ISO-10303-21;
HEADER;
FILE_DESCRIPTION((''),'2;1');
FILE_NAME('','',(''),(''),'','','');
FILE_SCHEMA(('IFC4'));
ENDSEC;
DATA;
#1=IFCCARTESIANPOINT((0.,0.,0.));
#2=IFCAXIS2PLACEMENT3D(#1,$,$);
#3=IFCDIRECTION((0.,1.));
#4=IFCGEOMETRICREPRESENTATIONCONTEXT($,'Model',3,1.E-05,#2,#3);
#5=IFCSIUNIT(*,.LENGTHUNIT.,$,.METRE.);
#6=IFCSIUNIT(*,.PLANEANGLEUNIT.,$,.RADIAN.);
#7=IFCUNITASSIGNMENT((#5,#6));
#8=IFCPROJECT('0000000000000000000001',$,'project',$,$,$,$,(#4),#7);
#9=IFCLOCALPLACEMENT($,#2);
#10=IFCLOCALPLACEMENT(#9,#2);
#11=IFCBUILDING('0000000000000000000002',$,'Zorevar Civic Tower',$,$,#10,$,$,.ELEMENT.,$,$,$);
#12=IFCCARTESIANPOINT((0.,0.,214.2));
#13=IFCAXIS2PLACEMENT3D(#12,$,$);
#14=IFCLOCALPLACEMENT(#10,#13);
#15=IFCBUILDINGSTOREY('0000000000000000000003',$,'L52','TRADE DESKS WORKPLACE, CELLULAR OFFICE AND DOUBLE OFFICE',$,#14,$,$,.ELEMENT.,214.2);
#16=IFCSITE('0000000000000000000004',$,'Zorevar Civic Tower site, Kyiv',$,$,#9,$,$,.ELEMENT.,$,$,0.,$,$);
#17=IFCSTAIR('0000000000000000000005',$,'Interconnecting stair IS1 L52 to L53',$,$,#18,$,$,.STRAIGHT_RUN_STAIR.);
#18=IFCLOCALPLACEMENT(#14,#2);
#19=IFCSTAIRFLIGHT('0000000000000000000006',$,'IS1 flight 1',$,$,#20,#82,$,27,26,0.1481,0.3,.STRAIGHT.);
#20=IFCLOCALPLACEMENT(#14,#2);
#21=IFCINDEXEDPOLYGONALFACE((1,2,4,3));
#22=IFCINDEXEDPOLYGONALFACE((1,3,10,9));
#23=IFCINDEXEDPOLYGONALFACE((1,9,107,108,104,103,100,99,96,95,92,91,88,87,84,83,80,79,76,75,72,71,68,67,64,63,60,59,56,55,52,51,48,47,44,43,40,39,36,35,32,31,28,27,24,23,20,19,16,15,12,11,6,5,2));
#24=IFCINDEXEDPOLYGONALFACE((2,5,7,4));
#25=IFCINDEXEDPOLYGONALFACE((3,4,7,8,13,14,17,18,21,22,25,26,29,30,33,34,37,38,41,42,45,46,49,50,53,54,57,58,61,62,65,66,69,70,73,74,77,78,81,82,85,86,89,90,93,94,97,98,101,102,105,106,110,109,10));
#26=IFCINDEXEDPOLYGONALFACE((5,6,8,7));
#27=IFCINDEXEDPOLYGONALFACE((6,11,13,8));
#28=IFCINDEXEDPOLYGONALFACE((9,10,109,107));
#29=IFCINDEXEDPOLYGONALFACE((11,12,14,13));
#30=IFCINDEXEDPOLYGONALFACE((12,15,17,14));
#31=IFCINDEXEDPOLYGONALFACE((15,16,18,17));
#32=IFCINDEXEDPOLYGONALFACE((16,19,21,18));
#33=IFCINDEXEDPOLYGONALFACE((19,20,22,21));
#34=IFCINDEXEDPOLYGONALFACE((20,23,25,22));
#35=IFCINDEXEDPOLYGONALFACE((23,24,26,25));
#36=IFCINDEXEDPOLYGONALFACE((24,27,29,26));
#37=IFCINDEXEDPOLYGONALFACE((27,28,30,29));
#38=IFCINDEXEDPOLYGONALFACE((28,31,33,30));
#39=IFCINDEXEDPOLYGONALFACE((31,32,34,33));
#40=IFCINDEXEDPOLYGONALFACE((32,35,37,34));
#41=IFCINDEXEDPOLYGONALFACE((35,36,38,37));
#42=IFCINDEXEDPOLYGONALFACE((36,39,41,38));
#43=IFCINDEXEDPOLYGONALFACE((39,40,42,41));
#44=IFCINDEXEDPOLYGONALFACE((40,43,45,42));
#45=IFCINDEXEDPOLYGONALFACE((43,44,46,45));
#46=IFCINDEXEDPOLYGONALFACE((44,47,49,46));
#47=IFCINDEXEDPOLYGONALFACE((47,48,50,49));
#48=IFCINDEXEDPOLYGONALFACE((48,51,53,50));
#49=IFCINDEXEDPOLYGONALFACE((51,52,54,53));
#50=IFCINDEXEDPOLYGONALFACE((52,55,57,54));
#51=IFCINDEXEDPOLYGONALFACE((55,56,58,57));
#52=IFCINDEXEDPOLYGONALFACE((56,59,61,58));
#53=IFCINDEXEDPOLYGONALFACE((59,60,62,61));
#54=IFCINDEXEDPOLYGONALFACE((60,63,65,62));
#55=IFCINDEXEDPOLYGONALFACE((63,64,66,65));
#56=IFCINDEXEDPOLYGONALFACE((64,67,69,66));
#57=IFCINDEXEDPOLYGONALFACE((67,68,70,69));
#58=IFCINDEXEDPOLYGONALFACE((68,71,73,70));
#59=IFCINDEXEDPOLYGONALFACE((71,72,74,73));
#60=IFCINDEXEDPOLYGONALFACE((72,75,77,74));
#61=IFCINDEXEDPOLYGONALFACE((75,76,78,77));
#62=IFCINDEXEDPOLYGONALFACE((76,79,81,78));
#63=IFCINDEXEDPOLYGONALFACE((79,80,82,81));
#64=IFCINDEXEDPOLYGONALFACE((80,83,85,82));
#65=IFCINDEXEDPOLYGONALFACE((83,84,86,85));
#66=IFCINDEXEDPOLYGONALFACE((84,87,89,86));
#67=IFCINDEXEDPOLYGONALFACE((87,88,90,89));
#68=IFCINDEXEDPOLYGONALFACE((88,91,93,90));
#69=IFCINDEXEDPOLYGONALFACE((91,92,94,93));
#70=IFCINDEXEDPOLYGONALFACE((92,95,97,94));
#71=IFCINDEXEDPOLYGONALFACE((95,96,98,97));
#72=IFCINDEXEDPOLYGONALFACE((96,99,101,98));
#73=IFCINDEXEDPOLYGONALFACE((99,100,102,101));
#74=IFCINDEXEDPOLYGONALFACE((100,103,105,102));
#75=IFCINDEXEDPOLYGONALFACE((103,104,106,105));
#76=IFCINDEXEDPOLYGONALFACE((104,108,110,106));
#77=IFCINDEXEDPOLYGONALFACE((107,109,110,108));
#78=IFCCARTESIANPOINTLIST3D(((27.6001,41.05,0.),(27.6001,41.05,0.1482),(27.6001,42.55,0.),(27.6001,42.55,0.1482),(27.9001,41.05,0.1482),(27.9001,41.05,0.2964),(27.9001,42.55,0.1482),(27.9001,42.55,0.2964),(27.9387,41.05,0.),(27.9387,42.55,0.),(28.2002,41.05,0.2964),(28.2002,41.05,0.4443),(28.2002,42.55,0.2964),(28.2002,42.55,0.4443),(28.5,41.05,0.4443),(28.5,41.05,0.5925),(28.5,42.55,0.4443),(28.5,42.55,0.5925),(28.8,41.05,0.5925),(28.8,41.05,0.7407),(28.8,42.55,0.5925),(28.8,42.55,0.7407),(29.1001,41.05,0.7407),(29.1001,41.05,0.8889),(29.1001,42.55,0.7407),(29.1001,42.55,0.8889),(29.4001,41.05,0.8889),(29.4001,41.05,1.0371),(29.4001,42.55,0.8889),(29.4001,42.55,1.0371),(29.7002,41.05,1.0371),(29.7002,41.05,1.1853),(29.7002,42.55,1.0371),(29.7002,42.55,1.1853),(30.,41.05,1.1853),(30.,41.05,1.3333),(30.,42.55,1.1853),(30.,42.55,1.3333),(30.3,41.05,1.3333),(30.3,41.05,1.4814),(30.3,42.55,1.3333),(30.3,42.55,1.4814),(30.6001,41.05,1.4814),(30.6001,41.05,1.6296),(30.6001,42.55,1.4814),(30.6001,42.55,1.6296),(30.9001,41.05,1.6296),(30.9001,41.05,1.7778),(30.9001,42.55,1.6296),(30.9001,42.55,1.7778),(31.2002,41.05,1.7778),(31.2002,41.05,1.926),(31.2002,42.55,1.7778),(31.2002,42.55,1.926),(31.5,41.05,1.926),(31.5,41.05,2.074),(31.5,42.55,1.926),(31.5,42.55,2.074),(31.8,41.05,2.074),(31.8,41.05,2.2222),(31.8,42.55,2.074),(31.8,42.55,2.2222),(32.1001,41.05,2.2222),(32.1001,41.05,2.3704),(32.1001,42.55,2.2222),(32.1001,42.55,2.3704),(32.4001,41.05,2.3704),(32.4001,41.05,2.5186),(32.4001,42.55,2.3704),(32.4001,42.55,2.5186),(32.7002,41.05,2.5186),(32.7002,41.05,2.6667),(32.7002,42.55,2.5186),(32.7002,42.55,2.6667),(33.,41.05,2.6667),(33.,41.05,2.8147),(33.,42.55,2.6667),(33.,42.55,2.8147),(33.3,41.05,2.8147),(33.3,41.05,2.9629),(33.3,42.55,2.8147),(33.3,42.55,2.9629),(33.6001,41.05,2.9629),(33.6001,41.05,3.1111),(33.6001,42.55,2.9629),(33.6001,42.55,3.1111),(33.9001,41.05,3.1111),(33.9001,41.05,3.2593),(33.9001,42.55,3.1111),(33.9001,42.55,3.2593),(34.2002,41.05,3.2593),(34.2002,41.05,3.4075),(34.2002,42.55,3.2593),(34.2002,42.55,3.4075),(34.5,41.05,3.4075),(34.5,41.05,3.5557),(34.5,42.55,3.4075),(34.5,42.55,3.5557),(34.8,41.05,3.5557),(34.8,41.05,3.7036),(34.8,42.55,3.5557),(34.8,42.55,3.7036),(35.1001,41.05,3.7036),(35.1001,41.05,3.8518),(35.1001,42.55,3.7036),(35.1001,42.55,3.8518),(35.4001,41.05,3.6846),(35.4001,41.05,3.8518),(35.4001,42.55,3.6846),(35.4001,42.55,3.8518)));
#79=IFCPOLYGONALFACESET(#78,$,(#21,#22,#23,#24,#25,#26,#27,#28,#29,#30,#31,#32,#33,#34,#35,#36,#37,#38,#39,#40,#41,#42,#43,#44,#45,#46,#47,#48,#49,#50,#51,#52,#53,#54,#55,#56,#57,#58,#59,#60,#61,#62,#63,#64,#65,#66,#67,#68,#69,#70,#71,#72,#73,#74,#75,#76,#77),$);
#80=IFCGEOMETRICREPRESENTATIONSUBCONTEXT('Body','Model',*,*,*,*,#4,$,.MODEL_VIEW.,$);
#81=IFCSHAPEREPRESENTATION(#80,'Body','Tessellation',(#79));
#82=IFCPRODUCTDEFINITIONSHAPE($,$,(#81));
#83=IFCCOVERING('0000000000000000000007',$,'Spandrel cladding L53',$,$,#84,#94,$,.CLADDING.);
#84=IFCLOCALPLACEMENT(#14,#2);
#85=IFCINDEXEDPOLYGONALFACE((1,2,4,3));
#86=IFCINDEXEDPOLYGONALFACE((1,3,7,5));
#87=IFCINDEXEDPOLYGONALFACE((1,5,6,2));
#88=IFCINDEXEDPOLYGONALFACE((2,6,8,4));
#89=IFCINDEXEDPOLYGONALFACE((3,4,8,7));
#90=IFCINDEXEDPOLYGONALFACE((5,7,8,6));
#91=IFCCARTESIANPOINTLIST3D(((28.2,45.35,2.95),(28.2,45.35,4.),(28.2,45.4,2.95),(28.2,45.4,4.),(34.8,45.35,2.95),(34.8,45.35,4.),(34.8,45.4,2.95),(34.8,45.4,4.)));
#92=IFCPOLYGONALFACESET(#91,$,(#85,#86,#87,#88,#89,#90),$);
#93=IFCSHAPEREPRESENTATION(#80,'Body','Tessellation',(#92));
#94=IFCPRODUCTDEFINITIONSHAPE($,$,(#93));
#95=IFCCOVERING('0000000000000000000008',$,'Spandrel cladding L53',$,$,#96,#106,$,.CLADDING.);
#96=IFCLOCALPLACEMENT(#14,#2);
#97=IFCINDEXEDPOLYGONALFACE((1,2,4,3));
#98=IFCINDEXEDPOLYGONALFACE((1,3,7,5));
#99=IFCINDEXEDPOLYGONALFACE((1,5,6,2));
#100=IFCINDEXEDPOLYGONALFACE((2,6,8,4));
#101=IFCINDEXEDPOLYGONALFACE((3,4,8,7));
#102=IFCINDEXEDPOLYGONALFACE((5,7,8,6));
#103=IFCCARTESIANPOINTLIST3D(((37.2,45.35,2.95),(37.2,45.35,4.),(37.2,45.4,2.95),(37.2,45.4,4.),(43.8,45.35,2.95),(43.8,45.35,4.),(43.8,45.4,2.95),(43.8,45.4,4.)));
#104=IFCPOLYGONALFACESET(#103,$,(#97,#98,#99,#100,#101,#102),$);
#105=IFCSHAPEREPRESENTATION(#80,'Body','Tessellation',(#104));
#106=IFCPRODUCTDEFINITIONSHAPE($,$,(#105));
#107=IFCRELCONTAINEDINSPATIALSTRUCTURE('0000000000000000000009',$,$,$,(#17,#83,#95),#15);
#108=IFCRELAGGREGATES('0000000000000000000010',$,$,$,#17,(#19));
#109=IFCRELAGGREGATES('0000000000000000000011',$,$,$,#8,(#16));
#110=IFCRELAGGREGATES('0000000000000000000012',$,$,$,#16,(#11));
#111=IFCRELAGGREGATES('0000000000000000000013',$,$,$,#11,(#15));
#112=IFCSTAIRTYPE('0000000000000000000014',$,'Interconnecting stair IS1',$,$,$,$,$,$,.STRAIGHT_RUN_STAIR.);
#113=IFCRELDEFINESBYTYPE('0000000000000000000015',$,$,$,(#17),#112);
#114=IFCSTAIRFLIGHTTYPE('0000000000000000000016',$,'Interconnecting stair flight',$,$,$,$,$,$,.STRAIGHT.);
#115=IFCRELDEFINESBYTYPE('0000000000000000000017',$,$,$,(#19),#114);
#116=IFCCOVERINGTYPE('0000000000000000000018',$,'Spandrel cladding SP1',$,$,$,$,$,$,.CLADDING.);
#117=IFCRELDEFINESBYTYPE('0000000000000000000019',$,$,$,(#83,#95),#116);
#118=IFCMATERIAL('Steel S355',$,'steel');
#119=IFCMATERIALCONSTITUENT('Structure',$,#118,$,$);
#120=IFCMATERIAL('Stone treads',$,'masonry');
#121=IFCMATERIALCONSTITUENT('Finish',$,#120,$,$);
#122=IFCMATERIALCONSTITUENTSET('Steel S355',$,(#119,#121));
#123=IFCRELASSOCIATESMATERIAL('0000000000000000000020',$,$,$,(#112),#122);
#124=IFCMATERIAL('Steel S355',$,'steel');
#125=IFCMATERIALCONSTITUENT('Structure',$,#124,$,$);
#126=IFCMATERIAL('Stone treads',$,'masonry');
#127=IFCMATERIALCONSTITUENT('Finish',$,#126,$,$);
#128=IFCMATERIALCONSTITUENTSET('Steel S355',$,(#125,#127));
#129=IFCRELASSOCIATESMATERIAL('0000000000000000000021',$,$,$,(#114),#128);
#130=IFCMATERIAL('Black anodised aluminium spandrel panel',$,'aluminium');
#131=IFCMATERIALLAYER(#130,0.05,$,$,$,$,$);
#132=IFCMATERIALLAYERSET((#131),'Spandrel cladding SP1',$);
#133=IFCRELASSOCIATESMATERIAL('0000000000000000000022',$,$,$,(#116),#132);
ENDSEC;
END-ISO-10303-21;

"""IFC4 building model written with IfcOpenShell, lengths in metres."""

from ifc_helpers import new_model, si_unit, direction, frame, frame_2d, origin, place, context, subcontext, project, spatial, polyline, rectangle, outline, extrude, material, layer, layer_set, constituent, constituent_set, type_object, element, aggregate, save


model = new_model("IFC4")

# Units and contexts
model_context = context("Model", 3, precision=1e-05, world=origin(), true_north=direction((0.0, 1.0)))
body_context = subcontext(model_context, "Body", "Model", "MODEL_VIEW")
ifc_project = project(units=[si_unit("LENGTHUNIT", "METRE"), si_unit("PLANEANGLEUNIT", "RADIAN")], contexts=[model_context])

# Site, building, storey
site_placement = place(None, origin())
site = spatial("IfcSite", under=ifc_project, at=site_placement, Name="Zorevar Civic Tower site, Kyiv", CompositionType="ELEMENT", RefElevation=0.0)
building_placement = place(site_placement, origin())
building = spatial("IfcBuilding", under=site, at=building_placement, Name="Zorevar Civic Tower", CompositionType="ELEMENT")
storey_placement = place(building_placement, frame((0.0, 0.0, 214.2)))
storey = spatial("IfcBuildingStorey", under=building, at=storey_placement, Name="L52", Description="TRADE DESKS WORKPLACE, CELLULAR OFFICE AND DOUBLE OFFICE", CompositionType="ELEMENT", Elevation=214.2)

# Stair, stair flight
ifc_material_1 = material(Name="Steel S355", Category="steel")
ifc_constituent_1 = constituent(ifc_material_1, Name="Structure")
ifc_material_2 = material(Name="Stone treads", Category="masonry")
ifc_constituent_2 = constituent(ifc_material_2, Name="Finish")
ifc_constituent_set_1 = constituent_set(constituents=[ifc_constituent_1, ifc_constituent_2], Name="Steel S355")
stair_type = type_object("IfcStairType", Name="Interconnecting stair IS1", PredefinedType="STRAIGHT_RUN_STAIR", material=ifc_constituent_set_1)
stair_placement = place(storey_placement, origin())
stair = element("IfcStair", 1, at=stair_placement, inside=storey, type_object=stair_type, Name="Interconnecting stair IS1 L52 to L53", PredefinedType="STRAIGHT_RUN_STAIR")
ifc_material_3 = material(Name="Steel S355", Category="steel")
ifc_constituent_3 = constituent(ifc_material_3, Name="Structure")
ifc_material_4 = material(Name="Stone treads", Category="masonry")
ifc_constituent_4 = constituent(ifc_material_4, Name="Finish")
ifc_constituent_set_2 = constituent_set(constituents=[ifc_constituent_3, ifc_constituent_4], Name="Steel S355")
stair_flight_type = type_object("IfcStairFlightType", Name="Interconnecting stair flight", PredefinedType="STRAIGHT", material=ifc_constituent_set_2)
stair_flight_placement = place(storey_placement, frame((27.6001, 41.8, 0.0), z_axis=(0.0, 0.0, 1.0), x_axis=(1.0, 0.0, 0.0)))
stair_flight = element("IfcStairFlight", 2, at=stair_flight_placement, type_object=stair_flight_type, Name="IS1 flight 1", NumberOfRisers=27, NumberOfTreads=26, PredefinedType="STRAIGHT", RiserHeight=0.1481, TreadLength=0.3, context=body_context, shape_type="SweptSolid", body=[
    extrude(outline(polyline([(0.0, 0.0), (0.0, 0.1482), (0.3, 0.1482), (0.3, 0.2964), (0.6001, 0.2964), (0.6001, 0.4443), (0.8999, 0.4443), (0.8999, 0.5925), (1.2, 0.5925), (1.2, 0.7407), (1.5, 0.7407), (1.5, 0.8889), (1.8, 0.8889), (1.8, 1.0371), (2.1001, 1.0371), (2.1001, 1.1853), (2.3999, 1.1853), (2.3999, 1.3333), (2.7, 1.3333), (2.7, 1.4814), (3.0, 1.4814), (3.0, 1.6296), (3.3, 1.6296), (3.3, 1.7778), (3.6001, 1.7778), (3.6001, 1.926), (3.8999, 1.926), (3.8999, 2.074), (4.2, 2.074), (4.2, 2.2222), (4.5, 2.2222), (4.5, 2.3704), (4.8, 2.3704), (4.8, 2.5186), (5.1001, 2.5186), (5.1001, 2.6667), (5.3999, 2.6667), (5.3999, 2.8147), (5.7, 2.8147), (5.7, 2.9629), (6.0, 2.9629), (6.0, 3.1111), (6.3, 3.1111), (6.3, 3.2593), (6.6001, 3.2593), (6.6001, 3.4075), (6.8999, 3.4075), (6.8999, 3.5557), (7.2, 3.5557), (7.2, 3.7036), (7.5, 3.7036), (7.5, 3.8518), (7.8, 3.8518), (7.8, 4.0), (7.8, 3.6846), (0.3386, 0.0), (0.0, 0.0)])), frame((0.0, 0.75, 0.0), z_axis=(0.0, -1.0, 0.0), x_axis=(1.0, 0.0, 0.0)), (0.0, 0.0, 1.0), 1.5),
])
aggregate(stair, [stair_flight])

# Coverings
ifc_material_5 = material(Name="Black anodised aluminium spandrel panel", Category="aluminium")
ifc_layer_1 = layer(ifc_material_5, 0.05)
ifc_layer_set_1 = layer_set([ifc_layer_1], Name="Spandrel cladding SP1")
covering_type = type_object("IfcCoveringType", Name="Spandrel cladding SP1", PredefinedType="CLADDING", material=ifc_layer_set_1)
for number, where, z_axis, x_axis, name in (
    (3, (28.2, 45.375, 2.95), (0.0, 0.0, 1.0), (1.0, 0.0, 0.0), "Spandrel cladding L53"),
    (4, (37.2, 45.375, 2.95), (0.0, 0.0, 1.0), (1.0, 0.0, 0.0), "Spandrel cladding L53"),
):
    element("IfcCovering", number, at=place(storey_placement, frame(where, z_axis=z_axis, x_axis=x_axis)), inside=storey, type_object=covering_type, Name=name, PredefinedType="CLADDING", context=body_context, shape_type="SweptSolid", body=[
        extrude(rectangle(XDim=6.6001, YDim=0.05, at=frame_2d((3.3, 0.0))), origin(), (0.0, 0.0, 1.0), 1.05),
    ])

save(model, "model.ifc")
